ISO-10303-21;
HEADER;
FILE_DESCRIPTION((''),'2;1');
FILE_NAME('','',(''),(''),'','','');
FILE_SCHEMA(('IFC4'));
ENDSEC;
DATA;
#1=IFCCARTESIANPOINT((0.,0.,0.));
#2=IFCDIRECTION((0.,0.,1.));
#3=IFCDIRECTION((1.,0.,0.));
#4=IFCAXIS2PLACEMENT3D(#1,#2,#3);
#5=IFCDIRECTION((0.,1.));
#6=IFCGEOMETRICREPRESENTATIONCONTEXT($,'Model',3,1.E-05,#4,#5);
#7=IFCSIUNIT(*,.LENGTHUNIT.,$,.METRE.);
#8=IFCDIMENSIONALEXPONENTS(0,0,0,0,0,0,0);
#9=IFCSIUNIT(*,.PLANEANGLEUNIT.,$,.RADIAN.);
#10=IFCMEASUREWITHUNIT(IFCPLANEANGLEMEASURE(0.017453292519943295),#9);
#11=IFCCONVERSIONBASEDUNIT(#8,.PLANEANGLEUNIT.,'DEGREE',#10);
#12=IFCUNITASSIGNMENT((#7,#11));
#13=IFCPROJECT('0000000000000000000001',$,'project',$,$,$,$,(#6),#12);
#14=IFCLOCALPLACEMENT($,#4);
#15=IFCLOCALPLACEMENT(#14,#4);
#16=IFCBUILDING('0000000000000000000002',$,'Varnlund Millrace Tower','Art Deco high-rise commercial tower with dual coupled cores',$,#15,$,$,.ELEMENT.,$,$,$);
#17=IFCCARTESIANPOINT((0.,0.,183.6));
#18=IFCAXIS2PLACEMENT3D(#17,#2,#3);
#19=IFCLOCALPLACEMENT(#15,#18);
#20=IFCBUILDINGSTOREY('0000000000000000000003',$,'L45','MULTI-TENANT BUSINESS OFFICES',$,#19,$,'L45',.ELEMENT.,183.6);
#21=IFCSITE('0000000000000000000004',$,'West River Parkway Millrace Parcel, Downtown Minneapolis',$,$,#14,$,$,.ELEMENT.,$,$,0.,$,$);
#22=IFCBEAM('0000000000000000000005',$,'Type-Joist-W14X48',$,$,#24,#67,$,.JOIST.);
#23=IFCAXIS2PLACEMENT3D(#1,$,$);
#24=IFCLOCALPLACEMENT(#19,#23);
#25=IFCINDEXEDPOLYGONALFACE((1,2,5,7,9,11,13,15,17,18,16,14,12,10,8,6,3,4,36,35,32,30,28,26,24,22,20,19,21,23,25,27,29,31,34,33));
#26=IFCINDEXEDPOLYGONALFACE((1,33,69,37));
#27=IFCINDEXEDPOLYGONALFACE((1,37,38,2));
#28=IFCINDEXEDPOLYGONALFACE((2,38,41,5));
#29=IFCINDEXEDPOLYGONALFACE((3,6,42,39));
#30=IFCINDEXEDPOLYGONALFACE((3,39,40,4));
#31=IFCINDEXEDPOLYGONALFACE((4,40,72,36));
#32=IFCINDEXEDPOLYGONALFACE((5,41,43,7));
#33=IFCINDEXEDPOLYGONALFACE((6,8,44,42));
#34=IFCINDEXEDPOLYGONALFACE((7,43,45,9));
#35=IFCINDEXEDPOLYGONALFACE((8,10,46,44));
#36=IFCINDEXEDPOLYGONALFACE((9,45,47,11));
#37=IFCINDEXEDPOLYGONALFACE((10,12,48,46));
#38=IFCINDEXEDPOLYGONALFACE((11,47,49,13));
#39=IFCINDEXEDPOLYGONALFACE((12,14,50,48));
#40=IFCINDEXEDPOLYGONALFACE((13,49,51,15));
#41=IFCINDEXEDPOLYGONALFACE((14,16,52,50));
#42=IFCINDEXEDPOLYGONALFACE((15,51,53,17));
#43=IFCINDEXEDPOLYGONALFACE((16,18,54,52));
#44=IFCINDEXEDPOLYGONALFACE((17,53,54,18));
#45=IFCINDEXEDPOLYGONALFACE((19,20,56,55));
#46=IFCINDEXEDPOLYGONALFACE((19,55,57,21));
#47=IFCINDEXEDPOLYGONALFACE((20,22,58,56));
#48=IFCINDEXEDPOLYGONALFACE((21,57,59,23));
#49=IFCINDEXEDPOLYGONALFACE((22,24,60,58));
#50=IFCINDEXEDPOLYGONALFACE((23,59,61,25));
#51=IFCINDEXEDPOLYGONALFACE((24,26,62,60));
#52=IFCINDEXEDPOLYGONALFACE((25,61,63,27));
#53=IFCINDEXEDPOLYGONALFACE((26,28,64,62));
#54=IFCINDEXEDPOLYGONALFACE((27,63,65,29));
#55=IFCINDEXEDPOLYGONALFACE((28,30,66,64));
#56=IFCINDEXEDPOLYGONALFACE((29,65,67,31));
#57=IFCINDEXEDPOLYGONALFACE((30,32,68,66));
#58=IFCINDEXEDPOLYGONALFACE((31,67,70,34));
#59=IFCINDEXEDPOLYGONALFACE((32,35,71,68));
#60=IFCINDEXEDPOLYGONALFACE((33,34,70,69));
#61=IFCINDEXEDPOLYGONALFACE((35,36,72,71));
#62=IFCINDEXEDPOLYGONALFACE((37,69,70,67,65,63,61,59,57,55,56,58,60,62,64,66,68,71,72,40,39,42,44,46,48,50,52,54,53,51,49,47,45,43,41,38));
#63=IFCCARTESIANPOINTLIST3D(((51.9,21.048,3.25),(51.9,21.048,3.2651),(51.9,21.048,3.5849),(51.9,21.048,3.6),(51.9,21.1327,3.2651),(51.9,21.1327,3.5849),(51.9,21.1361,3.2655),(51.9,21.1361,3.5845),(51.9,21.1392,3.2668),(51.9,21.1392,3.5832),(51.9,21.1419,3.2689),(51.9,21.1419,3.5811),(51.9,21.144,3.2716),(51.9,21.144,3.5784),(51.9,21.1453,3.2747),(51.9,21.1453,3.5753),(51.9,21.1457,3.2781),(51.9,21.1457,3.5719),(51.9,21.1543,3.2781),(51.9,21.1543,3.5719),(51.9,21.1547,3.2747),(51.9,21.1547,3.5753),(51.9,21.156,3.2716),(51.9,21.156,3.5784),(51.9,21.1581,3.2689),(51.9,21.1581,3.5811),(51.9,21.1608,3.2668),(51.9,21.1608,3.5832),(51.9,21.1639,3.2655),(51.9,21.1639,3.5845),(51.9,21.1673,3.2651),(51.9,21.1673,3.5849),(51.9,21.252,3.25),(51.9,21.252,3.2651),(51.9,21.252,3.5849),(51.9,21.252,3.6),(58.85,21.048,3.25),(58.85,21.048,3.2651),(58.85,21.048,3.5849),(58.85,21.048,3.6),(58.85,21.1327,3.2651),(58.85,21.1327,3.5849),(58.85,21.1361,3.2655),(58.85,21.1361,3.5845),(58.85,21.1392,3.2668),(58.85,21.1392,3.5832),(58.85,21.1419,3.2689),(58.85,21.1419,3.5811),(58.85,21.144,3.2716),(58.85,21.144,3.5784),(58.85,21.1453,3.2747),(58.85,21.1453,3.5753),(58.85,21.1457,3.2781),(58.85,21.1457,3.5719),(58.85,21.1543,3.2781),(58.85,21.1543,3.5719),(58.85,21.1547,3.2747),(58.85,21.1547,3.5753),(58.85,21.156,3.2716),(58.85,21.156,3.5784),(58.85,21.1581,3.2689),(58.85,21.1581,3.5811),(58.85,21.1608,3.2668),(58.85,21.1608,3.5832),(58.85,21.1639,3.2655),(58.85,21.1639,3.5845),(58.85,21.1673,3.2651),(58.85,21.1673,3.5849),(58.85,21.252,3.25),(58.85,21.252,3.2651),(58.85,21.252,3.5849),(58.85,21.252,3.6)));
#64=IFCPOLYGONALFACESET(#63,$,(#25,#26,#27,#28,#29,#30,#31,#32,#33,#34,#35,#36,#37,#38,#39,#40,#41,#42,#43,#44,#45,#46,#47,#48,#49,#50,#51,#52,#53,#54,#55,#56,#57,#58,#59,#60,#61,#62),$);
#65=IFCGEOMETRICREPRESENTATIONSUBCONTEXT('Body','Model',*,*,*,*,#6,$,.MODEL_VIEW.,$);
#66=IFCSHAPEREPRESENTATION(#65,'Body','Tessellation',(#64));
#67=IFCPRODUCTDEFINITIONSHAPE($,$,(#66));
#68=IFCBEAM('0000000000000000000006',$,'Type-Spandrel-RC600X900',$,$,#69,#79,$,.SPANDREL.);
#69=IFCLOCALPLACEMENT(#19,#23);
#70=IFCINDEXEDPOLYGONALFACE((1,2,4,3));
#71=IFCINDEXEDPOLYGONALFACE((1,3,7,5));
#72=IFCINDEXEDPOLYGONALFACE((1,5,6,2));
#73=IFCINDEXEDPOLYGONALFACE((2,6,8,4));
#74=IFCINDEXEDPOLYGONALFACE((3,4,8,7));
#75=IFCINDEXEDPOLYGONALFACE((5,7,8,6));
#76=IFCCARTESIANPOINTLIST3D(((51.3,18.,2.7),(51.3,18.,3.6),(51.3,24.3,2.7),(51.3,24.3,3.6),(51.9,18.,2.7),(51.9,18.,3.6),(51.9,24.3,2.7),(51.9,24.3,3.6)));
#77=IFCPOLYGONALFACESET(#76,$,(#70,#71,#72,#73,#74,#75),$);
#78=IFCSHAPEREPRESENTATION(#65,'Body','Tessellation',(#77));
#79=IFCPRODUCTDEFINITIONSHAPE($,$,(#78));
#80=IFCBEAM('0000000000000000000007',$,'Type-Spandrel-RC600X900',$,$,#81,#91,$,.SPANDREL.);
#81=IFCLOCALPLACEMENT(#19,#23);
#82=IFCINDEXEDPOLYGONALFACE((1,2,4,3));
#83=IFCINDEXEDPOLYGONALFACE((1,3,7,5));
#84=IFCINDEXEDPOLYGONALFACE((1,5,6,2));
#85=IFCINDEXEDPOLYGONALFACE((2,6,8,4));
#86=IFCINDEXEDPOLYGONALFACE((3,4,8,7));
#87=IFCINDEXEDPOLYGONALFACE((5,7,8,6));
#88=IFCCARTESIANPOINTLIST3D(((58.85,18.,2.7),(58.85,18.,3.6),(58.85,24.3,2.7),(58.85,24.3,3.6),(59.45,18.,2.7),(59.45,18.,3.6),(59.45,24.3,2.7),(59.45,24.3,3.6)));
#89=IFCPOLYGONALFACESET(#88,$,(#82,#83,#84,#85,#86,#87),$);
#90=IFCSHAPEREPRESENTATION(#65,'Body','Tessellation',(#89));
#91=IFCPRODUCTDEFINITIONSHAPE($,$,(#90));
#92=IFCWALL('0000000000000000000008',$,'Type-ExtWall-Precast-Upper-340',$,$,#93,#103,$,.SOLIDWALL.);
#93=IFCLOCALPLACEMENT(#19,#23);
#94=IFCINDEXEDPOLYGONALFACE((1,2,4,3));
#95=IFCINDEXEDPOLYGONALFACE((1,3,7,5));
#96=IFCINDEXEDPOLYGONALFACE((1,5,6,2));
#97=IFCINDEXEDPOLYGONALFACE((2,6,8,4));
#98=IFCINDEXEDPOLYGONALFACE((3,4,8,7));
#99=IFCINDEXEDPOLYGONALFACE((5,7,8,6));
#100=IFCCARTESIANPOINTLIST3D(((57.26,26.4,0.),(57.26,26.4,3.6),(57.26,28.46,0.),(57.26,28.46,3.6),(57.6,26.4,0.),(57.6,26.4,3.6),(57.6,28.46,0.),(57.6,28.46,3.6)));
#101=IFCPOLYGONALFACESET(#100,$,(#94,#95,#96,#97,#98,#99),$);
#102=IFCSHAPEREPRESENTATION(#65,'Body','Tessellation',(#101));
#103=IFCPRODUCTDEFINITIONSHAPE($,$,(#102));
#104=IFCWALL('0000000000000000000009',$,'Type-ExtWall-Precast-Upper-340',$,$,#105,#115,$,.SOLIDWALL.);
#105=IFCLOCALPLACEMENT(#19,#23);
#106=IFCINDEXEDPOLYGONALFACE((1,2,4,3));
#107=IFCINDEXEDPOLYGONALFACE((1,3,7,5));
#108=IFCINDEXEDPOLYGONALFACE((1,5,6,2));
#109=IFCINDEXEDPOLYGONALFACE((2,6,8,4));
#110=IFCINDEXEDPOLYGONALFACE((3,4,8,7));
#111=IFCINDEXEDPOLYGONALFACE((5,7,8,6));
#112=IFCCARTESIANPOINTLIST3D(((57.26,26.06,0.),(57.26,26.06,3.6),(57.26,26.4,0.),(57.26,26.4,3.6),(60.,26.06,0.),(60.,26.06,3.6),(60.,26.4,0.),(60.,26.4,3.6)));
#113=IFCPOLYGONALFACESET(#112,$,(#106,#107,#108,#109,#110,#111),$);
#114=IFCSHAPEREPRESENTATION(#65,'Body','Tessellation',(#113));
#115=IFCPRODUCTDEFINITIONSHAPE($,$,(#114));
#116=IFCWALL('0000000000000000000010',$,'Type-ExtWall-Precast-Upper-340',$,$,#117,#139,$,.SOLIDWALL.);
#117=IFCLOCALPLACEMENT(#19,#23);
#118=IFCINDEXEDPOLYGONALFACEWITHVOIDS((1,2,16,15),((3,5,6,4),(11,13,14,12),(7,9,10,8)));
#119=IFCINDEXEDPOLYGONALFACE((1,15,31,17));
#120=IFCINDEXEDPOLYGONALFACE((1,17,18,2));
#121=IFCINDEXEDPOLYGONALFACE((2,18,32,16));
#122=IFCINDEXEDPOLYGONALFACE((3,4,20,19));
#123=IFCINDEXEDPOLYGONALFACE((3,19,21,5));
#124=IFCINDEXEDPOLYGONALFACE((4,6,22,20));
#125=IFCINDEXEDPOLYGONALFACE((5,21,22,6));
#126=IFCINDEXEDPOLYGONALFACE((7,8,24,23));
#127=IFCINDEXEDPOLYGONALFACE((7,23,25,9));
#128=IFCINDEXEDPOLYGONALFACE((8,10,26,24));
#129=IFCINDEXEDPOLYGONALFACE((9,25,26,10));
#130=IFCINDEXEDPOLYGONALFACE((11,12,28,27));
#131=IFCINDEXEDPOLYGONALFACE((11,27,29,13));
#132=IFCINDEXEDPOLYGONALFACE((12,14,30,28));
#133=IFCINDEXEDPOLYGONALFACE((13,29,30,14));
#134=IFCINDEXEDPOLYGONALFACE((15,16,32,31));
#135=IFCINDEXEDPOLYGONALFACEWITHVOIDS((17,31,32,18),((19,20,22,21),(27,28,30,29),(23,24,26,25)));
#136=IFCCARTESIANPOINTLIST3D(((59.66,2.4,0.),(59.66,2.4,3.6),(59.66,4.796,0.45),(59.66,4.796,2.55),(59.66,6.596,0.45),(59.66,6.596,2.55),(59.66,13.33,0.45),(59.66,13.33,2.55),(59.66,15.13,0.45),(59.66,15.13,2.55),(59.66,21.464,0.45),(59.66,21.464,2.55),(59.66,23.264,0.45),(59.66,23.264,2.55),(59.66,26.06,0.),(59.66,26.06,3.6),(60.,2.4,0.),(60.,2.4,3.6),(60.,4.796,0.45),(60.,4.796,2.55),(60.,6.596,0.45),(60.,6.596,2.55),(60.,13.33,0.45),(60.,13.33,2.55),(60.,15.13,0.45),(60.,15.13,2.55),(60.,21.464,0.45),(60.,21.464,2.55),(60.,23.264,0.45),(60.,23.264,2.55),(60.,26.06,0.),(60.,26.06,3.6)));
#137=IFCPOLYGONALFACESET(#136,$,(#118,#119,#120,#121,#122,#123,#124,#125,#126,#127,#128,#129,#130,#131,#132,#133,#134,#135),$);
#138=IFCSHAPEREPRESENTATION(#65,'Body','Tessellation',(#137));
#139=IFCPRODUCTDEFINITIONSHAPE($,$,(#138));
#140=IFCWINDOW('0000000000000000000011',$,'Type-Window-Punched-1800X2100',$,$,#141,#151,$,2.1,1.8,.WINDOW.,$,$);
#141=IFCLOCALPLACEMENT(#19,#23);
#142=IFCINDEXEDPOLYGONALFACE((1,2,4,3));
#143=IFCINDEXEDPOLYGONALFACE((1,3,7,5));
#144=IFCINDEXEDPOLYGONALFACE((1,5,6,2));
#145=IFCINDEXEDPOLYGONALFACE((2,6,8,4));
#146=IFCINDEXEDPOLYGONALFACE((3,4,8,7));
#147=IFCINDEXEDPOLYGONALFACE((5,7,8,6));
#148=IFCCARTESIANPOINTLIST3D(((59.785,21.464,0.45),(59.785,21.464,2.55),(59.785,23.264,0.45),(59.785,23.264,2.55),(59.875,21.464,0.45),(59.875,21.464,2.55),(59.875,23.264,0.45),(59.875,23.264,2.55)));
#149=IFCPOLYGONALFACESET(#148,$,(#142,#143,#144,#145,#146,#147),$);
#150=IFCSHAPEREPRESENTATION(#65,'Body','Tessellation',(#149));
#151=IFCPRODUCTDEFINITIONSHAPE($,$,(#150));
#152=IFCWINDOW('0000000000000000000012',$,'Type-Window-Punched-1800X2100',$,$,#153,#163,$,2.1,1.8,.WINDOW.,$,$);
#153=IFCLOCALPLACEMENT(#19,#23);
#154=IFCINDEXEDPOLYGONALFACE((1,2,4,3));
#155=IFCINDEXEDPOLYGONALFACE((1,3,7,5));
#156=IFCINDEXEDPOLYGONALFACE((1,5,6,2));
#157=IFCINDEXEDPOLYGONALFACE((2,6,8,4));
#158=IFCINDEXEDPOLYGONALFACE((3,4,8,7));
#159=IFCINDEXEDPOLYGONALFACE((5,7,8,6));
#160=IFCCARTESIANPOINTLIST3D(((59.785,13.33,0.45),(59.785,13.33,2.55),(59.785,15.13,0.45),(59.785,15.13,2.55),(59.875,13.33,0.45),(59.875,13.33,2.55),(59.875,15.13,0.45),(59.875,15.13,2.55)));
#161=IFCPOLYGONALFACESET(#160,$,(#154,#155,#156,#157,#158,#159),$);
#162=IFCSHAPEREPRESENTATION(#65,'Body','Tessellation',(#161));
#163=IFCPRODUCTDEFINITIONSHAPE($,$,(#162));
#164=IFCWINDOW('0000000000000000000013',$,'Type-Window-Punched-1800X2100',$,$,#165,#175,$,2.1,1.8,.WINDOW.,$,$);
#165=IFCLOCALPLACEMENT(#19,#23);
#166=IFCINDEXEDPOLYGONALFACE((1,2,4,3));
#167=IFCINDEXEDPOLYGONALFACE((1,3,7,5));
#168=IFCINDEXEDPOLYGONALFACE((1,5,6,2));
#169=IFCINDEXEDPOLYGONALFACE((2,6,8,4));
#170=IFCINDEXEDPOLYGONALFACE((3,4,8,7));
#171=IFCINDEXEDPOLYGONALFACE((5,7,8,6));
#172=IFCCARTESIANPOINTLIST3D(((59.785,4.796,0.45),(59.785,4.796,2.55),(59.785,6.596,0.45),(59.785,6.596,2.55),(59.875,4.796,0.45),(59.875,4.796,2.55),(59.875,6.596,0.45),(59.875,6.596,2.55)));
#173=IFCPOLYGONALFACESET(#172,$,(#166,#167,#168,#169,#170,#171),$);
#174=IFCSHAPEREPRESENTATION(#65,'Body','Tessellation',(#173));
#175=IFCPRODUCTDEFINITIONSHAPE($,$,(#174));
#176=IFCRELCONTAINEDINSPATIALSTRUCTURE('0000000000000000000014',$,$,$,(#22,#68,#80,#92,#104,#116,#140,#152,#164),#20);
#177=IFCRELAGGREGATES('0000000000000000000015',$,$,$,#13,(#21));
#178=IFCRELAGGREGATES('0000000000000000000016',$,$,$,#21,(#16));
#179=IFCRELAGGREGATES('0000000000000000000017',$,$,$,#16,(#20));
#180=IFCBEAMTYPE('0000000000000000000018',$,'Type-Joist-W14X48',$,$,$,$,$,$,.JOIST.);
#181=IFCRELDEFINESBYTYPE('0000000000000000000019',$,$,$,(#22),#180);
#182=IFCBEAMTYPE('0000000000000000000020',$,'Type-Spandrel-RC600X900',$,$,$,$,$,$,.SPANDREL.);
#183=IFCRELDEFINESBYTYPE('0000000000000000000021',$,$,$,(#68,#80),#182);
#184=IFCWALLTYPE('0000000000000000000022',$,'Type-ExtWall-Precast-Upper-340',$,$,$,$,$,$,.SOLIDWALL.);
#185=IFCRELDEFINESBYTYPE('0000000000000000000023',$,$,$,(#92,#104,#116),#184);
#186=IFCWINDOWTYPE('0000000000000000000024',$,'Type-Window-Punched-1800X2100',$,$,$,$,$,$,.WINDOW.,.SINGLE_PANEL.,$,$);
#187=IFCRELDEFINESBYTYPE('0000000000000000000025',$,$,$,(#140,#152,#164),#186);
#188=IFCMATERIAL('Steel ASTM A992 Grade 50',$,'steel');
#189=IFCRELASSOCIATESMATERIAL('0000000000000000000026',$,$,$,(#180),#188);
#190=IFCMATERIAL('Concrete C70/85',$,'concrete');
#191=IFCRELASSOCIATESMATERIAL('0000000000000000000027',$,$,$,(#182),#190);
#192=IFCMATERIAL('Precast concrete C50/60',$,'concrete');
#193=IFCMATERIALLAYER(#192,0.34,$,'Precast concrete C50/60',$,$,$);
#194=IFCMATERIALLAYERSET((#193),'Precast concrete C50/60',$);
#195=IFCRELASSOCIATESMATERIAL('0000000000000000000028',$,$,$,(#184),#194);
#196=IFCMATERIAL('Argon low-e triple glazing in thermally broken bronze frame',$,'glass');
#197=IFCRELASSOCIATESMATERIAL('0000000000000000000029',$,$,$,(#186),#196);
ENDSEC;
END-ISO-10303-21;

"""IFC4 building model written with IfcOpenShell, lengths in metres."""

from ifc_helpers import new_model, entity, si_unit, converted_unit, direction, frame, origin_with_axes, origin_2d_with_axis, place, context, subcontext, project, spatial, polyline, rectangle, i_section, outline, extrude, material, layer, layer_set, material_profile, profile_set, type_object, element, fill, save


model = new_model("IFC4")

# Units and contexts
model_context = context("Model", 3, precision=1e-05, world=origin_with_axes(), true_north=direction((0.0, 1.0)))
body_context = subcontext(model_context, "Body", "Model", "MODEL_VIEW")
ifc_project = project(units=[si_unit("LENGTHUNIT", "METRE"), converted_unit("PLANEANGLEUNIT", "DEGREE", entity("IfcPlaneAngleMeasure", 0.017453292519943295), si_unit("PLANEANGLEUNIT", "RADIAN"), dimensions=[0, 0, 0, 0, 0, 0, 0])], contexts=[model_context])

# Site, building, storey
site_placement = place(None, origin_with_axes())
site = spatial("IfcSite", under=ifc_project, at=site_placement, Name="West River Parkway Millrace Parcel, Downtown Minneapolis", CompositionType="ELEMENT", RefElevation=0.0)
building_placement = place(site_placement, origin_with_axes())
building = spatial("IfcBuilding", under=site, at=building_placement, Name="Varnlund Millrace Tower", Description="Art Deco high-rise commercial tower with dual coupled cores", CompositionType="ELEMENT")
storey_placement = place(building_placement, frame((0.0, 0.0, 183.6), z_axis=(0.0, 0.0, 1.0), x_axis=(1.0, 0.0, 0.0)))
storey = spatial("IfcBuildingStorey", under=building, at=storey_placement, Name="L45", Description="MULTI-TENANT BUSINESS OFFICES", LongName="L45", CompositionType="ELEMENT", Elevation=183.6)

# Beams
ifc_material_1 = material(Name="Steel ASTM A992 Grade 50", Category="steel")
ifc_material_profile_1 = material_profile(ifc_material_1, i_section(OverallWidth=0.204, OverallDepth=0.35, WebThickness=0.0086, FlangeThickness=0.0151, FilletRadius=0.013, at=origin_2d_with_axis()), Name="Steel ASTM A992 Grade 50")
ifc_profile_set_1 = profile_set([ifc_material_profile_1], Name="Steel ASTM A992 Grade 50")
beam_type_1 = type_object("IfcBeamType", Name="Type-Joist-W14X48", PredefinedType="JOIST", material=ifc_profile_set_1)
for number, where, z_axis, x_axis, name in (
    (1, (51.9, 21.15, 3.425), (1.0, 0.0, 0.0), (0.0, 1.0, 0.0), "Type-Joist-W14X48"),
):
    element("IfcBeam", number, at=place(storey_placement, frame(where, z_axis=z_axis, x_axis=x_axis)), inside=storey, type_object=beam_type_1, Name=name, PredefinedType="JOIST", context=body_context, shape_type="SweptSolid", body=[
        extrude(i_section(OverallWidth=0.204, OverallDepth=0.35, WebThickness=0.0086, FlangeThickness=0.0151, FilletRadius=0.013, at=origin_2d_with_axis()), origin_with_axes(), (0.0, 0.0, 1.0), 6.95),
    ])
ifc_material_2 = material(Name="Concrete C70/85", Category="concrete")
ifc_material_profile_2 = material_profile(ifc_material_2, rectangle(XDim=0.6, YDim=0.9, at=origin_2d_with_axis()), Name="Concrete C70/85")
ifc_profile_set_2 = profile_set([ifc_material_profile_2], Name="Concrete C70/85")
beam_type_2 = type_object("IfcBeamType", Name="Type-Spandrel-RC600X900", PredefinedType="SPANDREL", material=ifc_profile_set_2)
for number, where, z_axis, x_axis, name in (
    (2, (51.6, 18.0, 3.15), (0.0, 1.0, 0.0), (-1.0, 0.0, 0.0), "Type-Spandrel-RC600X900"),
    (3, (59.15, 18.0, 3.15), (0.0, 1.0, 0.0), (-1.0, 0.0, 0.0), "Type-Spandrel-RC600X900"),
):
    element("IfcBeam", number, at=place(storey_placement, frame(where, z_axis=z_axis, x_axis=x_axis)), inside=storey, type_object=beam_type_2, Name=name, PredefinedType="SPANDREL", context=body_context, shape_type="SweptSolid", body=[
        extrude(rectangle(XDim=0.6, YDim=0.9, at=origin_2d_with_axis()), origin_with_axes(), (0.0, 0.0, 1.0), 6.3),
    ])

# Walls
ifc_material_3 = material(Name="Precast concrete C50/60", Category="concrete")
ifc_layer_1 = layer(ifc_material_3, 0.34, Name="Precast concrete C50/60")
ifc_layer_set_1 = layer_set([ifc_layer_1], Name="Precast concrete C50/60")
wall_type_1 = type_object("IfcWallType", Name="Type-ExtWall-Precast-Upper-340", PredefinedType="SOLIDWALL", material=ifc_layer_set_1)
wall_1_placement = place(storey_placement, frame((57.43, 28.46, 0.0), z_axis=(0.0, 0.0, 1.0), x_axis=(0.0, -1.0, 0.0)))
element("IfcWall", 4, at=wall_1_placement, inside=storey, type_object=wall_type_1, Name="Type-ExtWall-Precast-Upper-340", PredefinedType="SOLIDWALL", context=body_context, shape_type="SweptSolid", body=[
    extrude(outline(polyline([(0.0, -0.17), (2.06, -0.17), (2.06, 0.17), (0.0, 0.17), (0.0, -0.17)])), origin_with_axes(), (0.0, 0.0, 1.0), 3.6),
])
wall_2_placement = place(storey_placement, frame((57.26, 26.23, 0.0), z_axis=(0.0, 0.0, 1.0), x_axis=(1.0, 0.0, 0.0)))
element("IfcWall", 5, at=wall_2_placement, inside=storey, type_object=wall_type_1, Name="Type-ExtWall-Precast-Upper-340", PredefinedType="SOLIDWALL", context=body_context, shape_type="SweptSolid", body=[
    extrude(outline(polyline([(0.0, -0.17), (2.74, -0.17), (2.74, 0.17), (0.0, 0.17), (0.0, -0.17)])), origin_with_axes(), (0.0, 0.0, 1.0), 3.6),
])

# Wall, openings, windows
wall_3_placement = place(storey_placement, frame((59.83, 26.06, 0.0), z_axis=(0.0, 0.0, 1.0), x_axis=(0.0, -1.0, 0.0)))
wall_3 = element("IfcWall", 6, at=wall_3_placement, inside=storey, type_object=wall_type_1, Name="Type-ExtWall-Precast-Upper-340", PredefinedType="SOLIDWALL", context=body_context, shape_type="SweptSolid", body=[
    extrude(outline(polyline([(0.0, -0.17), (23.66, -0.17), (23.66, 0.17), (0.0, 0.17), (0.0, -0.17)])), origin_with_axes(), (0.0, 0.0, 1.0), 3.6),
])
opening_1_placement = place(wall_3_placement, frame((3.696, 0.0, 0.45), z_axis=(0.0, 0.0, 1.0), x_axis=(1.0, 0.0, 0.0)))
opening_1 = element("IfcOpeningElement", 7, at=opening_1_placement, cuts=wall_3, PredefinedType="OPENING", context=body_context, shape_type="SweptSolid", body=[
    extrude(rectangle(XDim=1.8, YDim=0.36, at=origin_2d_with_axis()), origin_with_axes(), (0.0, 0.0, 1.0), 2.1),
])
opening_2_placement = place(wall_3_placement, frame((11.83, 0.0, 0.45), z_axis=(0.0, 0.0, 1.0), x_axis=(1.0, 0.0, 0.0)))
opening_2 = element("IfcOpeningElement", 8, at=opening_2_placement, cuts=wall_3, PredefinedType="OPENING", context=body_context, shape_type="SweptSolid", body=[
    extrude(rectangle(XDim=1.8, YDim=0.36, at=origin_2d_with_axis()), origin_with_axes(), (0.0, 0.0, 1.0), 2.1),
])
opening_3_placement = place(wall_3_placement, frame((20.364, 0.0, 0.45), z_axis=(0.0, 0.0, 1.0), x_axis=(1.0, 0.0, 0.0)))
opening_3 = element("IfcOpeningElement", 9, at=opening_3_placement, cuts=wall_3, PredefinedType="OPENING", context=body_context, shape_type="SweptSolid", body=[
    extrude(rectangle(XDim=1.8, YDim=0.36, at=origin_2d_with_axis()), origin_with_axes(), (0.0, 0.0, 1.0), 2.1),
])
ifc_material_4 = material(Name="Argon low-e triple glazing in thermally broken bronze frame", Category="glass")
window_type = type_object("IfcWindowType", Name="Type-Window-Punched-1800X2100", PartitioningType="SINGLE_PANEL", PredefinedType="WINDOW", material=ifc_material_4)
window_1_placement = place(wall_3_placement, frame((3.696, 0.0, 0.45), z_axis=(0.0, 0.0, 1.0), x_axis=(1.0, 0.0, 0.0)))
window_1 = element("IfcWindow", 10, at=window_1_placement, inside=storey, type_object=window_type, Name="Type-Window-Punched-1800X2100", OverallHeight=2.1, OverallWidth=1.8, PredefinedType="WINDOW", context=body_context, shape_type="SweptSolid", body=[
    extrude(rectangle(XDim=1.8, YDim=0.09, at=origin_2d_with_axis()), origin_with_axes(), (0.0, 0.0, 1.0), 2.1),
])
fill(opening_1, window_1)
window_2_placement = place(wall_3_placement, frame((11.83, 0.0, 0.45), z_axis=(0.0, 0.0, 1.0), x_axis=(1.0, 0.0, 0.0)))
window_2 = element("IfcWindow", 11, at=window_2_placement, inside=storey, type_object=window_type, Name="Type-Window-Punched-1800X2100", OverallHeight=2.1, OverallWidth=1.8, PredefinedType="WINDOW", context=body_context, shape_type="SweptSolid", body=[
    extrude(rectangle(XDim=1.8, YDim=0.09, at=origin_2d_with_axis()), origin_with_axes(), (0.0, 0.0, 1.0), 2.1),
])
fill(opening_2, window_2)
window_3_placement = place(wall_3_placement, frame((20.364, 0.0, 0.45), z_axis=(0.0, 0.0, 1.0), x_axis=(1.0, 0.0, 0.0)))
window_3 = element("IfcWindow", 12, at=window_3_placement, inside=storey, type_object=window_type, Name="Type-Window-Punched-1800X2100", OverallHeight=2.1, OverallWidth=1.8, PredefinedType="WINDOW", context=body_context, shape_type="SweptSolid", body=[
    extrude(rectangle(XDim=1.8, YDim=0.09, at=origin_2d_with_axis()), origin_with_axes(), (0.0, 0.0, 1.0), 2.1),
])
fill(opening_3, window_3)

save(model, "model.ifc")
